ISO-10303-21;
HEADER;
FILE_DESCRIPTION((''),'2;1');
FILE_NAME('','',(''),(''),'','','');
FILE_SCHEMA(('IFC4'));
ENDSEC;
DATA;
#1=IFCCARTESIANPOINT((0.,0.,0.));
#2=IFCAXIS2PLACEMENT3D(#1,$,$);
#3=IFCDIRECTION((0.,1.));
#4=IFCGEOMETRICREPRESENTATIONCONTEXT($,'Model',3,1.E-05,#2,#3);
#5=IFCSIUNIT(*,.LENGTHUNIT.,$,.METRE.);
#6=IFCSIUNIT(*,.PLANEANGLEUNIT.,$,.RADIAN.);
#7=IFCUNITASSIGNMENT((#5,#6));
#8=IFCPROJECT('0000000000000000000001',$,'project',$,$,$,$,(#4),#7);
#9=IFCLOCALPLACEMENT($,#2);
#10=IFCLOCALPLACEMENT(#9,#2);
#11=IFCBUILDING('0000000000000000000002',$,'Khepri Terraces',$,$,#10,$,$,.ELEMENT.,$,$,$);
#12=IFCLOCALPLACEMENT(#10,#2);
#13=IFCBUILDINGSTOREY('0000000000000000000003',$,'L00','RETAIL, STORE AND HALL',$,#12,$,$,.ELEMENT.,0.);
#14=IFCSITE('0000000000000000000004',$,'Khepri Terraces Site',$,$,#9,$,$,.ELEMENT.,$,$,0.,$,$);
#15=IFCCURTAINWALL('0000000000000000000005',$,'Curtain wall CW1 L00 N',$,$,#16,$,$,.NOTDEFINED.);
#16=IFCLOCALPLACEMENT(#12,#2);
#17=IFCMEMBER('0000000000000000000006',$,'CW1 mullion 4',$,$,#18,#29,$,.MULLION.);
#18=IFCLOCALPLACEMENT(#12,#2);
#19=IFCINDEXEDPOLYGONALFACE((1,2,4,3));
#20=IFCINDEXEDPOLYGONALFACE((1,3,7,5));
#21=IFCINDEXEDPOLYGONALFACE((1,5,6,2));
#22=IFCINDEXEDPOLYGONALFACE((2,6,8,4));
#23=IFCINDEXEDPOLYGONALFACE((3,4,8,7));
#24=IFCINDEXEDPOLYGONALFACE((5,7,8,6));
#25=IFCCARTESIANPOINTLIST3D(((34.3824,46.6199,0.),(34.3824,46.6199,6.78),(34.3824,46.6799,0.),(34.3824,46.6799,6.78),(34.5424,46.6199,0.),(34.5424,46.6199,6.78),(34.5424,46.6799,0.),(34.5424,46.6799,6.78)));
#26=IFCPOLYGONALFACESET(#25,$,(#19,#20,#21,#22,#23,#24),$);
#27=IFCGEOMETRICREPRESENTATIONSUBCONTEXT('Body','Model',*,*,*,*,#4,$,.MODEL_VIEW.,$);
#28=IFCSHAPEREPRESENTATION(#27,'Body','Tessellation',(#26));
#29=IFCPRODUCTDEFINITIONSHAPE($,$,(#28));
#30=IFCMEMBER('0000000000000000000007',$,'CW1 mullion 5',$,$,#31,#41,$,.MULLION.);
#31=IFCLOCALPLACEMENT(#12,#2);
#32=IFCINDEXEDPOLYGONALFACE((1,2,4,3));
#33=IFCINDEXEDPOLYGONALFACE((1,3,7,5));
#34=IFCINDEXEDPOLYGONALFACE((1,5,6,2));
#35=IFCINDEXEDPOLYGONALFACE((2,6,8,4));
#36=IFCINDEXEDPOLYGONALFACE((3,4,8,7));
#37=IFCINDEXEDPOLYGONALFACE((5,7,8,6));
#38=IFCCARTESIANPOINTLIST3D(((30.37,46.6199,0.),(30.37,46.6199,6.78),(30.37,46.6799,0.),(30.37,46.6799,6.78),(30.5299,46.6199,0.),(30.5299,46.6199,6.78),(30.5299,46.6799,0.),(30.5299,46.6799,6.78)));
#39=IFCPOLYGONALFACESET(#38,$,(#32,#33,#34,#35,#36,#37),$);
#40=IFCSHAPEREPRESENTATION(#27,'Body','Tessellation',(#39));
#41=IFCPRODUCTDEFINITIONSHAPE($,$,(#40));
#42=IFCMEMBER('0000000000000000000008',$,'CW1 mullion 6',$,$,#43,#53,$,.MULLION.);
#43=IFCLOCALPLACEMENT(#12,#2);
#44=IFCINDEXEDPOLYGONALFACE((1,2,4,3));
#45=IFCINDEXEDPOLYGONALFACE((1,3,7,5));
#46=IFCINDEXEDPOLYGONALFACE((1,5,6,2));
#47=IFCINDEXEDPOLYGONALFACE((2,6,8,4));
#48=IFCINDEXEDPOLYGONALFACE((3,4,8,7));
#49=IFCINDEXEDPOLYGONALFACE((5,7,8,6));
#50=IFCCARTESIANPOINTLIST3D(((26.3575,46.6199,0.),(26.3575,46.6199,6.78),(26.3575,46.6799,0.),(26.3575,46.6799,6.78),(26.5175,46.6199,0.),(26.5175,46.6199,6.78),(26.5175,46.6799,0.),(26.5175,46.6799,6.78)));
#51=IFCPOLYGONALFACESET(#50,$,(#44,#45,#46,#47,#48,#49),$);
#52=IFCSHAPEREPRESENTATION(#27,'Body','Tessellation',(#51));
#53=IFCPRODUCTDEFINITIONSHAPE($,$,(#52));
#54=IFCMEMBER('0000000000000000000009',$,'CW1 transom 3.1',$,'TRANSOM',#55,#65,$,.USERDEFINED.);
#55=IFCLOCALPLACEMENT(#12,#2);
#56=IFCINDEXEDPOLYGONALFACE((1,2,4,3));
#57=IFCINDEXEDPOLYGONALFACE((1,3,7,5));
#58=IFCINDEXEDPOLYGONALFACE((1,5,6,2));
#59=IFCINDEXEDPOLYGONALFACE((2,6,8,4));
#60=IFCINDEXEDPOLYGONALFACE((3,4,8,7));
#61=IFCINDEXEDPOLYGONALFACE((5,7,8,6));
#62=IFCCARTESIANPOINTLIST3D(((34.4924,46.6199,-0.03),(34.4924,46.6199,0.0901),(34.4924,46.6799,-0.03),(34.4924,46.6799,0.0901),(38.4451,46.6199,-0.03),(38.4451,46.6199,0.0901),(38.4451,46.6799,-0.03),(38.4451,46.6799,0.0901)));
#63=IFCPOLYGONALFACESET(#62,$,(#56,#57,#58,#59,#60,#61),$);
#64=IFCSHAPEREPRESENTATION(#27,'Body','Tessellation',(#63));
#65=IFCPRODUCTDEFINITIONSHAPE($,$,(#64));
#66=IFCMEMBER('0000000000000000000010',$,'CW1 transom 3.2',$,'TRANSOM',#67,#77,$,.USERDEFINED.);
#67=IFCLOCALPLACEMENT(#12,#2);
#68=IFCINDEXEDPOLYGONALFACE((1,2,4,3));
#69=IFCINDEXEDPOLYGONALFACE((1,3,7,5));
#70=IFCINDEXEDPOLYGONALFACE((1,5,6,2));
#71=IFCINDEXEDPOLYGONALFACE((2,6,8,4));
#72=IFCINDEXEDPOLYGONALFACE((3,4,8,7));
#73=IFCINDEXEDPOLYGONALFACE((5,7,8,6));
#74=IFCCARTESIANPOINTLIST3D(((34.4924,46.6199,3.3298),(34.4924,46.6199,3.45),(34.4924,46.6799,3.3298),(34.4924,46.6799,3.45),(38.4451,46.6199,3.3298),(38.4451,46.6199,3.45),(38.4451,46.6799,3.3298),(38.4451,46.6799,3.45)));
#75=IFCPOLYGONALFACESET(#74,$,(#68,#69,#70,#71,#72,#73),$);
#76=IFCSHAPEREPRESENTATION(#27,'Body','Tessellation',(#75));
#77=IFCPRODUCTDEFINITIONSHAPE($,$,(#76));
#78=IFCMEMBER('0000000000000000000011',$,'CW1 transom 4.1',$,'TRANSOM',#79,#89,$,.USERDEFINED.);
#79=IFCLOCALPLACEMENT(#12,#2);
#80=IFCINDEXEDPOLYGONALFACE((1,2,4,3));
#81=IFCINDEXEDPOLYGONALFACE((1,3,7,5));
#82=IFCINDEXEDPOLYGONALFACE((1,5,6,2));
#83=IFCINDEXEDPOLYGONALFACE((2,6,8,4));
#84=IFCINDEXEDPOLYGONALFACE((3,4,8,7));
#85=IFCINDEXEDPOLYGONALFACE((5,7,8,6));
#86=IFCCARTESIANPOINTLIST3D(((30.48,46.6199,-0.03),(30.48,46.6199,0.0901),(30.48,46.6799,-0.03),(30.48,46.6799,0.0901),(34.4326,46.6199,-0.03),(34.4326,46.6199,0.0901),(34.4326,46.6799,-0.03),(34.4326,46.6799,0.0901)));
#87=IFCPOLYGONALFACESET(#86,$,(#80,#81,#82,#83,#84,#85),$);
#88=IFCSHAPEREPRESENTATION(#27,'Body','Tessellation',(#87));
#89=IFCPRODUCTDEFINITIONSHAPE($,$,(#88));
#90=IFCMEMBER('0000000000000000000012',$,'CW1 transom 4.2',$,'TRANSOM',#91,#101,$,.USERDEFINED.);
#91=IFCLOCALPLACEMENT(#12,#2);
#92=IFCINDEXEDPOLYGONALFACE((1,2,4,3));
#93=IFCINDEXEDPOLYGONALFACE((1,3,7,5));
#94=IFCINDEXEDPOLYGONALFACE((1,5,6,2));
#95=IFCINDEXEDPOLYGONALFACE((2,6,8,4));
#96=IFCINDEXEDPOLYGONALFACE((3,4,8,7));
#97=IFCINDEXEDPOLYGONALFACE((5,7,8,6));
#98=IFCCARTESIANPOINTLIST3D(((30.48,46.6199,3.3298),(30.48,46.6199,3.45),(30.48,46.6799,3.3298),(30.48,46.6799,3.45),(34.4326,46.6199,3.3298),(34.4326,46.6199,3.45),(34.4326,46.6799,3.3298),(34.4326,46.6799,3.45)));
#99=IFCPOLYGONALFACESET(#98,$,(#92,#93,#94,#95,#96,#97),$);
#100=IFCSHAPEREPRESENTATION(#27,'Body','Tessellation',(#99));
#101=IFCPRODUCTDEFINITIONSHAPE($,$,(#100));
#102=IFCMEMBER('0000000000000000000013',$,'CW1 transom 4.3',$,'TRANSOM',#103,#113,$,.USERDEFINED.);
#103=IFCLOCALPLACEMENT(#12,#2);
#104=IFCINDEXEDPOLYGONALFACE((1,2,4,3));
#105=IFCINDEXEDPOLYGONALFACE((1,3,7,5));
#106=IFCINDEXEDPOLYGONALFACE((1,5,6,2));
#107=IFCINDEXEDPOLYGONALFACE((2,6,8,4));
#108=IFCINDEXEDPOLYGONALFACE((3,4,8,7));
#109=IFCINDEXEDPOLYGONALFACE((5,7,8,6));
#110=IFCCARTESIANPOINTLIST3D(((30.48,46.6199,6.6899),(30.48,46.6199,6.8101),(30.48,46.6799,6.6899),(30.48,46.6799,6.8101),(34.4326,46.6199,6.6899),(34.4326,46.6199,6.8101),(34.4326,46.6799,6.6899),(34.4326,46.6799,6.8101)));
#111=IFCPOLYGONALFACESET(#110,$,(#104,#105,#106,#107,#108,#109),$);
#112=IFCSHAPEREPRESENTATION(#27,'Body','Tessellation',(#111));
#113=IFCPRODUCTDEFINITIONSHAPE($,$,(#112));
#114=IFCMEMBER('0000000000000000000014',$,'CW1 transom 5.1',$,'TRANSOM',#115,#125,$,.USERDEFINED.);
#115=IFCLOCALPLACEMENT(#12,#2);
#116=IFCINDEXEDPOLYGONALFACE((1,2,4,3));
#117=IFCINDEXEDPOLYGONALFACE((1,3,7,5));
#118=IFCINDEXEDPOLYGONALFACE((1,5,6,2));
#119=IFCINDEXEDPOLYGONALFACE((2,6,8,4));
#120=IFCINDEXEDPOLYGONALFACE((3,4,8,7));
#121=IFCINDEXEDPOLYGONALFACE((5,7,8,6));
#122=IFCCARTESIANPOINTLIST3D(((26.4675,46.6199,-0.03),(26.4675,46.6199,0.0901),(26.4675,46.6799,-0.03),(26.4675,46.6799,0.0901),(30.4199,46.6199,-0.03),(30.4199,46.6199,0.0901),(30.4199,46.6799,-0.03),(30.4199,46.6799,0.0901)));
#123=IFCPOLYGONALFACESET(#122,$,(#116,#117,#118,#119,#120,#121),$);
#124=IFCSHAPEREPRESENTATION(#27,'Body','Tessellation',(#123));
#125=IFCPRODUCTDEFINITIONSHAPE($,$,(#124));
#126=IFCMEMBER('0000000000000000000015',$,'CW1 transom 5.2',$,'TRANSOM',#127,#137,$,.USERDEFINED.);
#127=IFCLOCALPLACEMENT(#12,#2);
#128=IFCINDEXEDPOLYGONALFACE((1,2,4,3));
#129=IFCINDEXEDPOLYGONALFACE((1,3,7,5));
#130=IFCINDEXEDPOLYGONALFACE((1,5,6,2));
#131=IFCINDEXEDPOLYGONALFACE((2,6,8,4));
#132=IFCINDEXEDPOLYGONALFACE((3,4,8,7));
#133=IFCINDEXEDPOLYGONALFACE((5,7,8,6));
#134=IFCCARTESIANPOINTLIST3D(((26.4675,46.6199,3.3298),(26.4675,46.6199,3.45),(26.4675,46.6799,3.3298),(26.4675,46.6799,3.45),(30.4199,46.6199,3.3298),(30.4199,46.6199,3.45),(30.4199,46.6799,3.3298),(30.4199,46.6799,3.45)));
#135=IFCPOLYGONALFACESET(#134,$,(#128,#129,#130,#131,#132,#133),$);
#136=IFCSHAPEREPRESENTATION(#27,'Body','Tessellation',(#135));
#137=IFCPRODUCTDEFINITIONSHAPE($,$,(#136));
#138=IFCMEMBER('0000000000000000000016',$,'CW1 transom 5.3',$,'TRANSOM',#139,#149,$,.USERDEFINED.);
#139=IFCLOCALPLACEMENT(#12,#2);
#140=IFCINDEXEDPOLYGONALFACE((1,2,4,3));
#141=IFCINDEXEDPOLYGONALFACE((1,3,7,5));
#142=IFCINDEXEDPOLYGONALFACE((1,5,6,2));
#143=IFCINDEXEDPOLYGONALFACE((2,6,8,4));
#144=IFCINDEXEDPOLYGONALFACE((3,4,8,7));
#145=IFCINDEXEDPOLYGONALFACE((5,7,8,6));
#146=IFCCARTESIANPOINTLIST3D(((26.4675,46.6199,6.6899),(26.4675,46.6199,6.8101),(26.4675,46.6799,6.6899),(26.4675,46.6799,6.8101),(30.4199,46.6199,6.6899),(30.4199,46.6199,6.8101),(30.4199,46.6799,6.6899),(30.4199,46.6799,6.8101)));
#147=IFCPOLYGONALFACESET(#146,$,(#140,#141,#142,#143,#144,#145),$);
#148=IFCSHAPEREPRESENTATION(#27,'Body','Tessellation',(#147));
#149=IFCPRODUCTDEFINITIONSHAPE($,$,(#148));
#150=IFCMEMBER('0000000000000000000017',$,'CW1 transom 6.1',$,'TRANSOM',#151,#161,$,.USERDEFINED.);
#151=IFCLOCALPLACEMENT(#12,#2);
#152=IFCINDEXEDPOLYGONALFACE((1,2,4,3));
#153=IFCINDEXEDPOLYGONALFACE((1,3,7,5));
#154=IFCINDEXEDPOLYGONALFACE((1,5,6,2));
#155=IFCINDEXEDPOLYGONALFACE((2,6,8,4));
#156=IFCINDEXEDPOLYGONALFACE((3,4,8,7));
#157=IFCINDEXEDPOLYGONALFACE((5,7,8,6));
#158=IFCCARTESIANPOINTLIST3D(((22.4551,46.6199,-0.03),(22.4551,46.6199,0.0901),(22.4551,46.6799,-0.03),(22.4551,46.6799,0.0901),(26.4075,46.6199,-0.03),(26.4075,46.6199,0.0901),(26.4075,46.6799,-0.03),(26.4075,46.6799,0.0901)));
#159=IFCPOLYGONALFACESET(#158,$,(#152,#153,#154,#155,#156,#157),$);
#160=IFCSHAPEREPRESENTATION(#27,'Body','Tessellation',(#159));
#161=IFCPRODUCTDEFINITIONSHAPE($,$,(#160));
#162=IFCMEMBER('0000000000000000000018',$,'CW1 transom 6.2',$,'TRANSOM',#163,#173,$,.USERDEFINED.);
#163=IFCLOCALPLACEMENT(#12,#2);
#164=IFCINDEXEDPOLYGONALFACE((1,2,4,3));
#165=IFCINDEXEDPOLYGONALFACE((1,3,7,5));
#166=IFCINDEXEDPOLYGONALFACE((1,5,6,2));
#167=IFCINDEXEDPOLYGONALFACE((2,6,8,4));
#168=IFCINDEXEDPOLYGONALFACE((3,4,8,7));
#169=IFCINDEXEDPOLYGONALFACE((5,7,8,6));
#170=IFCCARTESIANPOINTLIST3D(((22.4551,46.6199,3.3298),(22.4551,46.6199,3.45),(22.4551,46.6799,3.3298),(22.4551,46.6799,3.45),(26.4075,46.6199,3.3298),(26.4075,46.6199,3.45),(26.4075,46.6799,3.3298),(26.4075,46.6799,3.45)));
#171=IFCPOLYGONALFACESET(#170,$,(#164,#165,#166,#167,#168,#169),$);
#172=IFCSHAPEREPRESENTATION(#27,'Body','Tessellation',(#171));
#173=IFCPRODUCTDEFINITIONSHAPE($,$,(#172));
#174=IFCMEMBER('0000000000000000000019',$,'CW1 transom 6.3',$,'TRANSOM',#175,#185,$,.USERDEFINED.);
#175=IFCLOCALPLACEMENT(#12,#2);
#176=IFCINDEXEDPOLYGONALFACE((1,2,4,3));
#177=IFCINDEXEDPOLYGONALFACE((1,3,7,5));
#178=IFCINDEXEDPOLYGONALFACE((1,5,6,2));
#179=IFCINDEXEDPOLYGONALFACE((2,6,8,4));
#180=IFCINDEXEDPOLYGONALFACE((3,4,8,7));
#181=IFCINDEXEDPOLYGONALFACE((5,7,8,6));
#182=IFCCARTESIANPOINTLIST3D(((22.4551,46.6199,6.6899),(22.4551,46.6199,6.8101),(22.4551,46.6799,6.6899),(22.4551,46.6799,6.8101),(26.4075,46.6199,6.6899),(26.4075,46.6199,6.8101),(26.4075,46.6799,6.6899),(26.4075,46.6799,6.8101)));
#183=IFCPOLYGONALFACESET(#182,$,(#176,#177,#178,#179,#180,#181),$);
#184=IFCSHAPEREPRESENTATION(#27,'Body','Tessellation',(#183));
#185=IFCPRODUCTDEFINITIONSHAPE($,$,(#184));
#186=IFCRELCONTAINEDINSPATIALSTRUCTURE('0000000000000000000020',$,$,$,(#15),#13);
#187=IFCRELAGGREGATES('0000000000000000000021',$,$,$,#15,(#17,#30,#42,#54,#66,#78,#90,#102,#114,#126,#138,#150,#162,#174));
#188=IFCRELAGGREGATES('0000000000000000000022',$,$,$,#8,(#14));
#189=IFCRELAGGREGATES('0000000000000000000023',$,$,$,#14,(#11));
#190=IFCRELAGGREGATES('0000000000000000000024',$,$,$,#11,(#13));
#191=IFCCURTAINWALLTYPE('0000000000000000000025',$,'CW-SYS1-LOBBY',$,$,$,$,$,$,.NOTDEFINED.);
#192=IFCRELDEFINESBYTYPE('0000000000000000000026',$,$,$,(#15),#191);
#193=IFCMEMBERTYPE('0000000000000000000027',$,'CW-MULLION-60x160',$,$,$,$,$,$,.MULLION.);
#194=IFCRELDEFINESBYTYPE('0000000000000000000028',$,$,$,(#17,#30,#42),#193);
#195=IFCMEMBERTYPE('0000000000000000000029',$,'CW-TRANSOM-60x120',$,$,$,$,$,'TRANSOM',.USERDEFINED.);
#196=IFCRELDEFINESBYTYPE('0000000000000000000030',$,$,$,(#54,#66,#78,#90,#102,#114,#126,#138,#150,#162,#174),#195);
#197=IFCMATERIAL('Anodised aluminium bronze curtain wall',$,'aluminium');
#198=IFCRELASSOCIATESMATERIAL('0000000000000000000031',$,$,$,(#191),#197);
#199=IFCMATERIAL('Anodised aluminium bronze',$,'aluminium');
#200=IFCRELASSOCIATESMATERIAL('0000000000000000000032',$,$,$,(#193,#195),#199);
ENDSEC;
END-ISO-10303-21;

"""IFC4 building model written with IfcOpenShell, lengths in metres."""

from ifc_helpers import new_model, si_unit, direction, frame, origin, origin_2d, place, context, subcontext, project, spatial, rectangle, extrude, material, material_profile, profile_set, type_object, element, aggregate, save


model = new_model("IFC4")

# Units and contexts
model_context = context("Model", 3, precision=1e-05, world=origin(), true_north=direction((0.0, 1.0)))
body_context = subcontext(model_context, "Body", "Model", "MODEL_VIEW")
ifc_project = project(units=[si_unit("LENGTHUNIT", "METRE"), si_unit("PLANEANGLEUNIT", "RADIAN")], contexts=[model_context])

# Site, building, storey
site_placement = place(None, origin())
site = spatial("IfcSite", under=ifc_project, at=site_placement, Name="Khepri Terraces Site", CompositionType="ELEMENT", RefElevation=0.0)
building_placement = place(site_placement, origin())
building = spatial("IfcBuilding", under=site, at=building_placement, Name="Khepri Terraces", CompositionType="ELEMENT")
storey_placement = place(building_placement, origin())
storey = spatial("IfcBuildingStorey", under=building, at=storey_placement, Name="L00", Description="RETAIL, STORE AND HALL", CompositionType="ELEMENT", Elevation=0.0)

# Curtain wall, members
ifc_material_1 = material(Name="Anodised aluminium bronze curtain wall", Category="aluminium")
curtain_wall_type = type_object("IfcCurtainWallType", Name="CW-SYS1-LOBBY", PredefinedType="NOTDEFINED", material=ifc_material_1)
curtain_wall_placement = place(storey_placement, origin())
curtain_wall = element("IfcCurtainWall", 1, at=curtain_wall_placement, inside=storey, type_object=curtain_wall_type, Name="Curtain wall CW1 L00 N", PredefinedType="NOTDEFINED")
ifc_material_2 = material(Name="Anodised aluminium bronze", Category="aluminium")
ifc_material_profile_1 = material_profile(ifc_material_2, rectangle(XDim=0.0601, YDim=0.1599, at=origin_2d()), Name="Anodised aluminium bronze", Category="aluminium")
ifc_profile_set_1 = profile_set([ifc_material_profile_1], Name="Anodised aluminium bronze")
member_type_1 = type_object("IfcMemberType", Name="CW-MULLION-60x160", PredefinedType="MULLION", material=ifc_profile_set_1)
member_1_placement = place(storey_placement, frame((34.4624, 46.6499, 0.0), z_axis=(0.0, 0.0, 1.0), x_axis=(0.0, -1.0, 0.0)))
member_1 = element("IfcMember", 2, at=member_1_placement, type_object=member_type_1, Name="CW1 mullion 4", PredefinedType="MULLION", context=body_context, shape_type="SweptSolid", body=[
    extrude(rectangle(XDim=0.0601, YDim=0.1599, at=origin_2d()), origin(), (0.0, 0.0, 1.0), 6.78),
])
member_2_placement = place(storey_placement, frame((30.45, 46.6499, 0.0), z_axis=(0.0, 0.0, 1.0), x_axis=(0.0, -1.0, 0.0)))
member_2 = element("IfcMember", 3, at=member_2_placement, type_object=member_type_1, Name="CW1 mullion 5", PredefinedType="MULLION", context=body_context, shape_type="SweptSolid", body=[
    extrude(rectangle(XDim=0.0601, YDim=0.1599, at=origin_2d()), origin(), (0.0, 0.0, 1.0), 6.78),
])
member_3_placement = place(storey_placement, frame((26.4375, 46.6499, 0.0), z_axis=(0.0, 0.0, 1.0), x_axis=(0.0, -1.0, 0.0)))
member_3 = element("IfcMember", 4, at=member_3_placement, type_object=member_type_1, Name="CW1 mullion 6", PredefinedType="MULLION", context=body_context, shape_type="SweptSolid", body=[
    extrude(rectangle(XDim=0.0601, YDim=0.1599, at=origin_2d()), origin(), (0.0, 0.0, 1.0), 6.78),
])
ifc_material_profile_2 = material_profile(ifc_material_2, rectangle(XDim=0.0601, YDim=0.1201, at=origin_2d()), Name="Anodised aluminium bronze", Category="aluminium")
ifc_profile_set_2 = profile_set([ifc_material_profile_2], Name="Anodised aluminium bronze")
member_type_2 = type_object("IfcMemberType", Name="CW-TRANSOM-60x120", ElementType="TRANSOM", PredefinedType="USERDEFINED", material=ifc_profile_set_2)
member_4_placement = place(storey_placement, frame((38.4451, 46.6499, 0.03), z_axis=(-1.0, 0.0, 0.0), x_axis=(0.0, -1.0, 0.0)))
member_4 = element("IfcMember", 5, at=member_4_placement, type_object=member_type_2, Name="CW1 transom 3.1", ObjectType="TRANSOM", PredefinedType="USERDEFINED", context=body_context, shape_type="SweptSolid", body=[
    extrude(rectangle(XDim=0.0601, YDim=0.1201, at=origin_2d()), origin(), (0.0, 0.0, 1.0), 3.9526),
])
member_5_placement = place(storey_placement, frame((38.4451, 46.6499, 3.3899), z_axis=(-1.0, 0.0, 0.0), x_axis=(0.0, -1.0, 0.0)))
member_5 = element("IfcMember", 6, at=member_5_placement, type_object=member_type_2, Name="CW1 transom 3.2", ObjectType="TRANSOM", PredefinedType="USERDEFINED", context=body_context, shape_type="SweptSolid", body=[
    extrude(rectangle(XDim=0.0601, YDim=0.1201, at=origin_2d()), origin(), (0.0, 0.0, 1.0), 3.9526),
])
member_6_placement = place(storey_placement, frame((34.4326, 46.6499, 0.03), z_axis=(-1.0, 0.0, 0.0), x_axis=(0.0, -1.0, 0.0)))
member_6 = element("IfcMember", 7, at=member_6_placement, type_object=member_type_2, Name="CW1 transom 4.1", ObjectType="TRANSOM", PredefinedType="USERDEFINED", context=body_context, shape_type="SweptSolid", body=[
    extrude(rectangle(XDim=0.0601, YDim=0.1201, at=origin_2d()), origin(), (0.0, 0.0, 1.0), 3.9526),
])
member_7_placement = place(storey_placement, frame((34.4326, 46.6499, 3.3899), z_axis=(-1.0, 0.0, 0.0), x_axis=(0.0, -1.0, 0.0)))
member_7 = element("IfcMember", 8, at=member_7_placement, type_object=member_type_2, Name="CW1 transom 4.2", ObjectType="TRANSOM", PredefinedType="USERDEFINED", context=body_context, shape_type="SweptSolid", body=[
    extrude(rectangle(XDim=0.0601, YDim=0.1201, at=origin_2d()), origin(), (0.0, 0.0, 1.0), 3.9526),
])
member_8_placement = place(storey_placement, frame((34.4326, 46.6499, 6.75), z_axis=(-1.0, 0.0, 0.0), x_axis=(0.0, -1.0, 0.0)))
member_8 = element("IfcMember", 9, at=member_8_placement, type_object=member_type_2, Name="CW1 transom 4.3", ObjectType="TRANSOM", PredefinedType="USERDEFINED", context=body_context, shape_type="SweptSolid", body=[
    extrude(rectangle(XDim=0.0601, YDim=0.1201, at=origin_2d()), origin(), (0.0, 0.0, 1.0), 3.9526),
])
member_9_placement = place(storey_placement, frame((30.4199, 46.6499, 0.03), z_axis=(-1.0, 0.0, 0.0), x_axis=(0.0, -1.0, 0.0)))
member_9 = element("IfcMember", 10, at=member_9_placement, type_object=member_type_2, Name="CW1 transom 5.1", ObjectType="TRANSOM", PredefinedType="USERDEFINED", context=body_context, shape_type="SweptSolid", body=[
    extrude(rectangle(XDim=0.0601, YDim=0.1201, at=origin_2d()), origin(), (0.0, 0.0, 1.0), 3.9524),
])
member_10_placement = place(storey_placement, frame((30.4199, 46.6499, 3.3899), z_axis=(-1.0, 0.0, 0.0), x_axis=(0.0, -1.0, 0.0)))
member_10 = element("IfcMember", 11, at=member_10_placement, type_object=member_type_2, Name="CW1 transom 5.2", ObjectType="TRANSOM", PredefinedType="USERDEFINED", context=body_context, shape_type="SweptSolid", body=[
    extrude(rectangle(XDim=0.0601, YDim=0.1201, at=origin_2d()), origin(), (0.0, 0.0, 1.0), 3.9524),
])
member_11_placement = place(storey_placement, frame((30.4199, 46.6499, 6.75), z_axis=(-1.0, 0.0, 0.0), x_axis=(0.0, -1.0, 0.0)))
member_11 = element("IfcMember", 12, at=member_11_placement, type_object=member_type_2, Name="CW1 transom 5.3", ObjectType="TRANSOM", PredefinedType="USERDEFINED", context=body_context, shape_type="SweptSolid", body=[
    extrude(rectangle(XDim=0.0601, YDim=0.1201, at=origin_2d()), origin(), (0.0, 0.0, 1.0), 3.9524),
])
member_12_placement = place(storey_placement, frame((26.4075, 46.6499, 0.03), z_axis=(-1.0, 0.0, 0.0), x_axis=(0.0, -1.0, 0.0)))
member_12 = element("IfcMember", 13, at=member_12_placement, type_object=member_type_2, Name="CW1 transom 6.1", ObjectType="TRANSOM", PredefinedType="USERDEFINED", context=body_context, shape_type="SweptSolid", body=[
    extrude(rectangle(XDim=0.0601, YDim=0.1201, at=origin_2d()), origin(), (0.0, 0.0, 1.0), 3.9524),
])
member_13_placement = place(storey_placement, frame((26.4075, 46.6499, 3.3899), z_axis=(-1.0, 0.0, 0.0), x_axis=(0.0, -1.0, 0.0)))
member_13 = element("IfcMember", 14, at=member_13_placement, type_object=member_type_2, Name="CW1 transom 6.2", ObjectType="TRANSOM", PredefinedType="USERDEFINED", context=body_context, shape_type="SweptSolid", body=[
    extrude(rectangle(XDim=0.0601, YDim=0.1201, at=origin_2d()), origin(), (0.0, 0.0, 1.0), 3.9524),
])
member_14_placement = place(storey_placement, frame((26.4075, 46.6499, 6.75), z_axis=(-1.0, 0.0, 0.0), x_axis=(0.0, -1.0, 0.0)))
member_14 = element("IfcMember", 15, at=member_14_placement, type_object=member_type_2, Name="CW1 transom 6.3", ObjectType="TRANSOM", PredefinedType="USERDEFINED", context=body_context, shape_type="SweptSolid", body=[
    extrude(rectangle(XDim=0.0601, YDim=0.1201, at=origin_2d()), origin(), (0.0, 0.0, 1.0), 3.9524),
])

aggregate(curtain_wall, [member_1, member_2, member_3, member_4, member_5, member_6, member_7, member_8, member_9, member_10, member_11, member_12, member_13, member_14])

save(model, "model.ifc")
